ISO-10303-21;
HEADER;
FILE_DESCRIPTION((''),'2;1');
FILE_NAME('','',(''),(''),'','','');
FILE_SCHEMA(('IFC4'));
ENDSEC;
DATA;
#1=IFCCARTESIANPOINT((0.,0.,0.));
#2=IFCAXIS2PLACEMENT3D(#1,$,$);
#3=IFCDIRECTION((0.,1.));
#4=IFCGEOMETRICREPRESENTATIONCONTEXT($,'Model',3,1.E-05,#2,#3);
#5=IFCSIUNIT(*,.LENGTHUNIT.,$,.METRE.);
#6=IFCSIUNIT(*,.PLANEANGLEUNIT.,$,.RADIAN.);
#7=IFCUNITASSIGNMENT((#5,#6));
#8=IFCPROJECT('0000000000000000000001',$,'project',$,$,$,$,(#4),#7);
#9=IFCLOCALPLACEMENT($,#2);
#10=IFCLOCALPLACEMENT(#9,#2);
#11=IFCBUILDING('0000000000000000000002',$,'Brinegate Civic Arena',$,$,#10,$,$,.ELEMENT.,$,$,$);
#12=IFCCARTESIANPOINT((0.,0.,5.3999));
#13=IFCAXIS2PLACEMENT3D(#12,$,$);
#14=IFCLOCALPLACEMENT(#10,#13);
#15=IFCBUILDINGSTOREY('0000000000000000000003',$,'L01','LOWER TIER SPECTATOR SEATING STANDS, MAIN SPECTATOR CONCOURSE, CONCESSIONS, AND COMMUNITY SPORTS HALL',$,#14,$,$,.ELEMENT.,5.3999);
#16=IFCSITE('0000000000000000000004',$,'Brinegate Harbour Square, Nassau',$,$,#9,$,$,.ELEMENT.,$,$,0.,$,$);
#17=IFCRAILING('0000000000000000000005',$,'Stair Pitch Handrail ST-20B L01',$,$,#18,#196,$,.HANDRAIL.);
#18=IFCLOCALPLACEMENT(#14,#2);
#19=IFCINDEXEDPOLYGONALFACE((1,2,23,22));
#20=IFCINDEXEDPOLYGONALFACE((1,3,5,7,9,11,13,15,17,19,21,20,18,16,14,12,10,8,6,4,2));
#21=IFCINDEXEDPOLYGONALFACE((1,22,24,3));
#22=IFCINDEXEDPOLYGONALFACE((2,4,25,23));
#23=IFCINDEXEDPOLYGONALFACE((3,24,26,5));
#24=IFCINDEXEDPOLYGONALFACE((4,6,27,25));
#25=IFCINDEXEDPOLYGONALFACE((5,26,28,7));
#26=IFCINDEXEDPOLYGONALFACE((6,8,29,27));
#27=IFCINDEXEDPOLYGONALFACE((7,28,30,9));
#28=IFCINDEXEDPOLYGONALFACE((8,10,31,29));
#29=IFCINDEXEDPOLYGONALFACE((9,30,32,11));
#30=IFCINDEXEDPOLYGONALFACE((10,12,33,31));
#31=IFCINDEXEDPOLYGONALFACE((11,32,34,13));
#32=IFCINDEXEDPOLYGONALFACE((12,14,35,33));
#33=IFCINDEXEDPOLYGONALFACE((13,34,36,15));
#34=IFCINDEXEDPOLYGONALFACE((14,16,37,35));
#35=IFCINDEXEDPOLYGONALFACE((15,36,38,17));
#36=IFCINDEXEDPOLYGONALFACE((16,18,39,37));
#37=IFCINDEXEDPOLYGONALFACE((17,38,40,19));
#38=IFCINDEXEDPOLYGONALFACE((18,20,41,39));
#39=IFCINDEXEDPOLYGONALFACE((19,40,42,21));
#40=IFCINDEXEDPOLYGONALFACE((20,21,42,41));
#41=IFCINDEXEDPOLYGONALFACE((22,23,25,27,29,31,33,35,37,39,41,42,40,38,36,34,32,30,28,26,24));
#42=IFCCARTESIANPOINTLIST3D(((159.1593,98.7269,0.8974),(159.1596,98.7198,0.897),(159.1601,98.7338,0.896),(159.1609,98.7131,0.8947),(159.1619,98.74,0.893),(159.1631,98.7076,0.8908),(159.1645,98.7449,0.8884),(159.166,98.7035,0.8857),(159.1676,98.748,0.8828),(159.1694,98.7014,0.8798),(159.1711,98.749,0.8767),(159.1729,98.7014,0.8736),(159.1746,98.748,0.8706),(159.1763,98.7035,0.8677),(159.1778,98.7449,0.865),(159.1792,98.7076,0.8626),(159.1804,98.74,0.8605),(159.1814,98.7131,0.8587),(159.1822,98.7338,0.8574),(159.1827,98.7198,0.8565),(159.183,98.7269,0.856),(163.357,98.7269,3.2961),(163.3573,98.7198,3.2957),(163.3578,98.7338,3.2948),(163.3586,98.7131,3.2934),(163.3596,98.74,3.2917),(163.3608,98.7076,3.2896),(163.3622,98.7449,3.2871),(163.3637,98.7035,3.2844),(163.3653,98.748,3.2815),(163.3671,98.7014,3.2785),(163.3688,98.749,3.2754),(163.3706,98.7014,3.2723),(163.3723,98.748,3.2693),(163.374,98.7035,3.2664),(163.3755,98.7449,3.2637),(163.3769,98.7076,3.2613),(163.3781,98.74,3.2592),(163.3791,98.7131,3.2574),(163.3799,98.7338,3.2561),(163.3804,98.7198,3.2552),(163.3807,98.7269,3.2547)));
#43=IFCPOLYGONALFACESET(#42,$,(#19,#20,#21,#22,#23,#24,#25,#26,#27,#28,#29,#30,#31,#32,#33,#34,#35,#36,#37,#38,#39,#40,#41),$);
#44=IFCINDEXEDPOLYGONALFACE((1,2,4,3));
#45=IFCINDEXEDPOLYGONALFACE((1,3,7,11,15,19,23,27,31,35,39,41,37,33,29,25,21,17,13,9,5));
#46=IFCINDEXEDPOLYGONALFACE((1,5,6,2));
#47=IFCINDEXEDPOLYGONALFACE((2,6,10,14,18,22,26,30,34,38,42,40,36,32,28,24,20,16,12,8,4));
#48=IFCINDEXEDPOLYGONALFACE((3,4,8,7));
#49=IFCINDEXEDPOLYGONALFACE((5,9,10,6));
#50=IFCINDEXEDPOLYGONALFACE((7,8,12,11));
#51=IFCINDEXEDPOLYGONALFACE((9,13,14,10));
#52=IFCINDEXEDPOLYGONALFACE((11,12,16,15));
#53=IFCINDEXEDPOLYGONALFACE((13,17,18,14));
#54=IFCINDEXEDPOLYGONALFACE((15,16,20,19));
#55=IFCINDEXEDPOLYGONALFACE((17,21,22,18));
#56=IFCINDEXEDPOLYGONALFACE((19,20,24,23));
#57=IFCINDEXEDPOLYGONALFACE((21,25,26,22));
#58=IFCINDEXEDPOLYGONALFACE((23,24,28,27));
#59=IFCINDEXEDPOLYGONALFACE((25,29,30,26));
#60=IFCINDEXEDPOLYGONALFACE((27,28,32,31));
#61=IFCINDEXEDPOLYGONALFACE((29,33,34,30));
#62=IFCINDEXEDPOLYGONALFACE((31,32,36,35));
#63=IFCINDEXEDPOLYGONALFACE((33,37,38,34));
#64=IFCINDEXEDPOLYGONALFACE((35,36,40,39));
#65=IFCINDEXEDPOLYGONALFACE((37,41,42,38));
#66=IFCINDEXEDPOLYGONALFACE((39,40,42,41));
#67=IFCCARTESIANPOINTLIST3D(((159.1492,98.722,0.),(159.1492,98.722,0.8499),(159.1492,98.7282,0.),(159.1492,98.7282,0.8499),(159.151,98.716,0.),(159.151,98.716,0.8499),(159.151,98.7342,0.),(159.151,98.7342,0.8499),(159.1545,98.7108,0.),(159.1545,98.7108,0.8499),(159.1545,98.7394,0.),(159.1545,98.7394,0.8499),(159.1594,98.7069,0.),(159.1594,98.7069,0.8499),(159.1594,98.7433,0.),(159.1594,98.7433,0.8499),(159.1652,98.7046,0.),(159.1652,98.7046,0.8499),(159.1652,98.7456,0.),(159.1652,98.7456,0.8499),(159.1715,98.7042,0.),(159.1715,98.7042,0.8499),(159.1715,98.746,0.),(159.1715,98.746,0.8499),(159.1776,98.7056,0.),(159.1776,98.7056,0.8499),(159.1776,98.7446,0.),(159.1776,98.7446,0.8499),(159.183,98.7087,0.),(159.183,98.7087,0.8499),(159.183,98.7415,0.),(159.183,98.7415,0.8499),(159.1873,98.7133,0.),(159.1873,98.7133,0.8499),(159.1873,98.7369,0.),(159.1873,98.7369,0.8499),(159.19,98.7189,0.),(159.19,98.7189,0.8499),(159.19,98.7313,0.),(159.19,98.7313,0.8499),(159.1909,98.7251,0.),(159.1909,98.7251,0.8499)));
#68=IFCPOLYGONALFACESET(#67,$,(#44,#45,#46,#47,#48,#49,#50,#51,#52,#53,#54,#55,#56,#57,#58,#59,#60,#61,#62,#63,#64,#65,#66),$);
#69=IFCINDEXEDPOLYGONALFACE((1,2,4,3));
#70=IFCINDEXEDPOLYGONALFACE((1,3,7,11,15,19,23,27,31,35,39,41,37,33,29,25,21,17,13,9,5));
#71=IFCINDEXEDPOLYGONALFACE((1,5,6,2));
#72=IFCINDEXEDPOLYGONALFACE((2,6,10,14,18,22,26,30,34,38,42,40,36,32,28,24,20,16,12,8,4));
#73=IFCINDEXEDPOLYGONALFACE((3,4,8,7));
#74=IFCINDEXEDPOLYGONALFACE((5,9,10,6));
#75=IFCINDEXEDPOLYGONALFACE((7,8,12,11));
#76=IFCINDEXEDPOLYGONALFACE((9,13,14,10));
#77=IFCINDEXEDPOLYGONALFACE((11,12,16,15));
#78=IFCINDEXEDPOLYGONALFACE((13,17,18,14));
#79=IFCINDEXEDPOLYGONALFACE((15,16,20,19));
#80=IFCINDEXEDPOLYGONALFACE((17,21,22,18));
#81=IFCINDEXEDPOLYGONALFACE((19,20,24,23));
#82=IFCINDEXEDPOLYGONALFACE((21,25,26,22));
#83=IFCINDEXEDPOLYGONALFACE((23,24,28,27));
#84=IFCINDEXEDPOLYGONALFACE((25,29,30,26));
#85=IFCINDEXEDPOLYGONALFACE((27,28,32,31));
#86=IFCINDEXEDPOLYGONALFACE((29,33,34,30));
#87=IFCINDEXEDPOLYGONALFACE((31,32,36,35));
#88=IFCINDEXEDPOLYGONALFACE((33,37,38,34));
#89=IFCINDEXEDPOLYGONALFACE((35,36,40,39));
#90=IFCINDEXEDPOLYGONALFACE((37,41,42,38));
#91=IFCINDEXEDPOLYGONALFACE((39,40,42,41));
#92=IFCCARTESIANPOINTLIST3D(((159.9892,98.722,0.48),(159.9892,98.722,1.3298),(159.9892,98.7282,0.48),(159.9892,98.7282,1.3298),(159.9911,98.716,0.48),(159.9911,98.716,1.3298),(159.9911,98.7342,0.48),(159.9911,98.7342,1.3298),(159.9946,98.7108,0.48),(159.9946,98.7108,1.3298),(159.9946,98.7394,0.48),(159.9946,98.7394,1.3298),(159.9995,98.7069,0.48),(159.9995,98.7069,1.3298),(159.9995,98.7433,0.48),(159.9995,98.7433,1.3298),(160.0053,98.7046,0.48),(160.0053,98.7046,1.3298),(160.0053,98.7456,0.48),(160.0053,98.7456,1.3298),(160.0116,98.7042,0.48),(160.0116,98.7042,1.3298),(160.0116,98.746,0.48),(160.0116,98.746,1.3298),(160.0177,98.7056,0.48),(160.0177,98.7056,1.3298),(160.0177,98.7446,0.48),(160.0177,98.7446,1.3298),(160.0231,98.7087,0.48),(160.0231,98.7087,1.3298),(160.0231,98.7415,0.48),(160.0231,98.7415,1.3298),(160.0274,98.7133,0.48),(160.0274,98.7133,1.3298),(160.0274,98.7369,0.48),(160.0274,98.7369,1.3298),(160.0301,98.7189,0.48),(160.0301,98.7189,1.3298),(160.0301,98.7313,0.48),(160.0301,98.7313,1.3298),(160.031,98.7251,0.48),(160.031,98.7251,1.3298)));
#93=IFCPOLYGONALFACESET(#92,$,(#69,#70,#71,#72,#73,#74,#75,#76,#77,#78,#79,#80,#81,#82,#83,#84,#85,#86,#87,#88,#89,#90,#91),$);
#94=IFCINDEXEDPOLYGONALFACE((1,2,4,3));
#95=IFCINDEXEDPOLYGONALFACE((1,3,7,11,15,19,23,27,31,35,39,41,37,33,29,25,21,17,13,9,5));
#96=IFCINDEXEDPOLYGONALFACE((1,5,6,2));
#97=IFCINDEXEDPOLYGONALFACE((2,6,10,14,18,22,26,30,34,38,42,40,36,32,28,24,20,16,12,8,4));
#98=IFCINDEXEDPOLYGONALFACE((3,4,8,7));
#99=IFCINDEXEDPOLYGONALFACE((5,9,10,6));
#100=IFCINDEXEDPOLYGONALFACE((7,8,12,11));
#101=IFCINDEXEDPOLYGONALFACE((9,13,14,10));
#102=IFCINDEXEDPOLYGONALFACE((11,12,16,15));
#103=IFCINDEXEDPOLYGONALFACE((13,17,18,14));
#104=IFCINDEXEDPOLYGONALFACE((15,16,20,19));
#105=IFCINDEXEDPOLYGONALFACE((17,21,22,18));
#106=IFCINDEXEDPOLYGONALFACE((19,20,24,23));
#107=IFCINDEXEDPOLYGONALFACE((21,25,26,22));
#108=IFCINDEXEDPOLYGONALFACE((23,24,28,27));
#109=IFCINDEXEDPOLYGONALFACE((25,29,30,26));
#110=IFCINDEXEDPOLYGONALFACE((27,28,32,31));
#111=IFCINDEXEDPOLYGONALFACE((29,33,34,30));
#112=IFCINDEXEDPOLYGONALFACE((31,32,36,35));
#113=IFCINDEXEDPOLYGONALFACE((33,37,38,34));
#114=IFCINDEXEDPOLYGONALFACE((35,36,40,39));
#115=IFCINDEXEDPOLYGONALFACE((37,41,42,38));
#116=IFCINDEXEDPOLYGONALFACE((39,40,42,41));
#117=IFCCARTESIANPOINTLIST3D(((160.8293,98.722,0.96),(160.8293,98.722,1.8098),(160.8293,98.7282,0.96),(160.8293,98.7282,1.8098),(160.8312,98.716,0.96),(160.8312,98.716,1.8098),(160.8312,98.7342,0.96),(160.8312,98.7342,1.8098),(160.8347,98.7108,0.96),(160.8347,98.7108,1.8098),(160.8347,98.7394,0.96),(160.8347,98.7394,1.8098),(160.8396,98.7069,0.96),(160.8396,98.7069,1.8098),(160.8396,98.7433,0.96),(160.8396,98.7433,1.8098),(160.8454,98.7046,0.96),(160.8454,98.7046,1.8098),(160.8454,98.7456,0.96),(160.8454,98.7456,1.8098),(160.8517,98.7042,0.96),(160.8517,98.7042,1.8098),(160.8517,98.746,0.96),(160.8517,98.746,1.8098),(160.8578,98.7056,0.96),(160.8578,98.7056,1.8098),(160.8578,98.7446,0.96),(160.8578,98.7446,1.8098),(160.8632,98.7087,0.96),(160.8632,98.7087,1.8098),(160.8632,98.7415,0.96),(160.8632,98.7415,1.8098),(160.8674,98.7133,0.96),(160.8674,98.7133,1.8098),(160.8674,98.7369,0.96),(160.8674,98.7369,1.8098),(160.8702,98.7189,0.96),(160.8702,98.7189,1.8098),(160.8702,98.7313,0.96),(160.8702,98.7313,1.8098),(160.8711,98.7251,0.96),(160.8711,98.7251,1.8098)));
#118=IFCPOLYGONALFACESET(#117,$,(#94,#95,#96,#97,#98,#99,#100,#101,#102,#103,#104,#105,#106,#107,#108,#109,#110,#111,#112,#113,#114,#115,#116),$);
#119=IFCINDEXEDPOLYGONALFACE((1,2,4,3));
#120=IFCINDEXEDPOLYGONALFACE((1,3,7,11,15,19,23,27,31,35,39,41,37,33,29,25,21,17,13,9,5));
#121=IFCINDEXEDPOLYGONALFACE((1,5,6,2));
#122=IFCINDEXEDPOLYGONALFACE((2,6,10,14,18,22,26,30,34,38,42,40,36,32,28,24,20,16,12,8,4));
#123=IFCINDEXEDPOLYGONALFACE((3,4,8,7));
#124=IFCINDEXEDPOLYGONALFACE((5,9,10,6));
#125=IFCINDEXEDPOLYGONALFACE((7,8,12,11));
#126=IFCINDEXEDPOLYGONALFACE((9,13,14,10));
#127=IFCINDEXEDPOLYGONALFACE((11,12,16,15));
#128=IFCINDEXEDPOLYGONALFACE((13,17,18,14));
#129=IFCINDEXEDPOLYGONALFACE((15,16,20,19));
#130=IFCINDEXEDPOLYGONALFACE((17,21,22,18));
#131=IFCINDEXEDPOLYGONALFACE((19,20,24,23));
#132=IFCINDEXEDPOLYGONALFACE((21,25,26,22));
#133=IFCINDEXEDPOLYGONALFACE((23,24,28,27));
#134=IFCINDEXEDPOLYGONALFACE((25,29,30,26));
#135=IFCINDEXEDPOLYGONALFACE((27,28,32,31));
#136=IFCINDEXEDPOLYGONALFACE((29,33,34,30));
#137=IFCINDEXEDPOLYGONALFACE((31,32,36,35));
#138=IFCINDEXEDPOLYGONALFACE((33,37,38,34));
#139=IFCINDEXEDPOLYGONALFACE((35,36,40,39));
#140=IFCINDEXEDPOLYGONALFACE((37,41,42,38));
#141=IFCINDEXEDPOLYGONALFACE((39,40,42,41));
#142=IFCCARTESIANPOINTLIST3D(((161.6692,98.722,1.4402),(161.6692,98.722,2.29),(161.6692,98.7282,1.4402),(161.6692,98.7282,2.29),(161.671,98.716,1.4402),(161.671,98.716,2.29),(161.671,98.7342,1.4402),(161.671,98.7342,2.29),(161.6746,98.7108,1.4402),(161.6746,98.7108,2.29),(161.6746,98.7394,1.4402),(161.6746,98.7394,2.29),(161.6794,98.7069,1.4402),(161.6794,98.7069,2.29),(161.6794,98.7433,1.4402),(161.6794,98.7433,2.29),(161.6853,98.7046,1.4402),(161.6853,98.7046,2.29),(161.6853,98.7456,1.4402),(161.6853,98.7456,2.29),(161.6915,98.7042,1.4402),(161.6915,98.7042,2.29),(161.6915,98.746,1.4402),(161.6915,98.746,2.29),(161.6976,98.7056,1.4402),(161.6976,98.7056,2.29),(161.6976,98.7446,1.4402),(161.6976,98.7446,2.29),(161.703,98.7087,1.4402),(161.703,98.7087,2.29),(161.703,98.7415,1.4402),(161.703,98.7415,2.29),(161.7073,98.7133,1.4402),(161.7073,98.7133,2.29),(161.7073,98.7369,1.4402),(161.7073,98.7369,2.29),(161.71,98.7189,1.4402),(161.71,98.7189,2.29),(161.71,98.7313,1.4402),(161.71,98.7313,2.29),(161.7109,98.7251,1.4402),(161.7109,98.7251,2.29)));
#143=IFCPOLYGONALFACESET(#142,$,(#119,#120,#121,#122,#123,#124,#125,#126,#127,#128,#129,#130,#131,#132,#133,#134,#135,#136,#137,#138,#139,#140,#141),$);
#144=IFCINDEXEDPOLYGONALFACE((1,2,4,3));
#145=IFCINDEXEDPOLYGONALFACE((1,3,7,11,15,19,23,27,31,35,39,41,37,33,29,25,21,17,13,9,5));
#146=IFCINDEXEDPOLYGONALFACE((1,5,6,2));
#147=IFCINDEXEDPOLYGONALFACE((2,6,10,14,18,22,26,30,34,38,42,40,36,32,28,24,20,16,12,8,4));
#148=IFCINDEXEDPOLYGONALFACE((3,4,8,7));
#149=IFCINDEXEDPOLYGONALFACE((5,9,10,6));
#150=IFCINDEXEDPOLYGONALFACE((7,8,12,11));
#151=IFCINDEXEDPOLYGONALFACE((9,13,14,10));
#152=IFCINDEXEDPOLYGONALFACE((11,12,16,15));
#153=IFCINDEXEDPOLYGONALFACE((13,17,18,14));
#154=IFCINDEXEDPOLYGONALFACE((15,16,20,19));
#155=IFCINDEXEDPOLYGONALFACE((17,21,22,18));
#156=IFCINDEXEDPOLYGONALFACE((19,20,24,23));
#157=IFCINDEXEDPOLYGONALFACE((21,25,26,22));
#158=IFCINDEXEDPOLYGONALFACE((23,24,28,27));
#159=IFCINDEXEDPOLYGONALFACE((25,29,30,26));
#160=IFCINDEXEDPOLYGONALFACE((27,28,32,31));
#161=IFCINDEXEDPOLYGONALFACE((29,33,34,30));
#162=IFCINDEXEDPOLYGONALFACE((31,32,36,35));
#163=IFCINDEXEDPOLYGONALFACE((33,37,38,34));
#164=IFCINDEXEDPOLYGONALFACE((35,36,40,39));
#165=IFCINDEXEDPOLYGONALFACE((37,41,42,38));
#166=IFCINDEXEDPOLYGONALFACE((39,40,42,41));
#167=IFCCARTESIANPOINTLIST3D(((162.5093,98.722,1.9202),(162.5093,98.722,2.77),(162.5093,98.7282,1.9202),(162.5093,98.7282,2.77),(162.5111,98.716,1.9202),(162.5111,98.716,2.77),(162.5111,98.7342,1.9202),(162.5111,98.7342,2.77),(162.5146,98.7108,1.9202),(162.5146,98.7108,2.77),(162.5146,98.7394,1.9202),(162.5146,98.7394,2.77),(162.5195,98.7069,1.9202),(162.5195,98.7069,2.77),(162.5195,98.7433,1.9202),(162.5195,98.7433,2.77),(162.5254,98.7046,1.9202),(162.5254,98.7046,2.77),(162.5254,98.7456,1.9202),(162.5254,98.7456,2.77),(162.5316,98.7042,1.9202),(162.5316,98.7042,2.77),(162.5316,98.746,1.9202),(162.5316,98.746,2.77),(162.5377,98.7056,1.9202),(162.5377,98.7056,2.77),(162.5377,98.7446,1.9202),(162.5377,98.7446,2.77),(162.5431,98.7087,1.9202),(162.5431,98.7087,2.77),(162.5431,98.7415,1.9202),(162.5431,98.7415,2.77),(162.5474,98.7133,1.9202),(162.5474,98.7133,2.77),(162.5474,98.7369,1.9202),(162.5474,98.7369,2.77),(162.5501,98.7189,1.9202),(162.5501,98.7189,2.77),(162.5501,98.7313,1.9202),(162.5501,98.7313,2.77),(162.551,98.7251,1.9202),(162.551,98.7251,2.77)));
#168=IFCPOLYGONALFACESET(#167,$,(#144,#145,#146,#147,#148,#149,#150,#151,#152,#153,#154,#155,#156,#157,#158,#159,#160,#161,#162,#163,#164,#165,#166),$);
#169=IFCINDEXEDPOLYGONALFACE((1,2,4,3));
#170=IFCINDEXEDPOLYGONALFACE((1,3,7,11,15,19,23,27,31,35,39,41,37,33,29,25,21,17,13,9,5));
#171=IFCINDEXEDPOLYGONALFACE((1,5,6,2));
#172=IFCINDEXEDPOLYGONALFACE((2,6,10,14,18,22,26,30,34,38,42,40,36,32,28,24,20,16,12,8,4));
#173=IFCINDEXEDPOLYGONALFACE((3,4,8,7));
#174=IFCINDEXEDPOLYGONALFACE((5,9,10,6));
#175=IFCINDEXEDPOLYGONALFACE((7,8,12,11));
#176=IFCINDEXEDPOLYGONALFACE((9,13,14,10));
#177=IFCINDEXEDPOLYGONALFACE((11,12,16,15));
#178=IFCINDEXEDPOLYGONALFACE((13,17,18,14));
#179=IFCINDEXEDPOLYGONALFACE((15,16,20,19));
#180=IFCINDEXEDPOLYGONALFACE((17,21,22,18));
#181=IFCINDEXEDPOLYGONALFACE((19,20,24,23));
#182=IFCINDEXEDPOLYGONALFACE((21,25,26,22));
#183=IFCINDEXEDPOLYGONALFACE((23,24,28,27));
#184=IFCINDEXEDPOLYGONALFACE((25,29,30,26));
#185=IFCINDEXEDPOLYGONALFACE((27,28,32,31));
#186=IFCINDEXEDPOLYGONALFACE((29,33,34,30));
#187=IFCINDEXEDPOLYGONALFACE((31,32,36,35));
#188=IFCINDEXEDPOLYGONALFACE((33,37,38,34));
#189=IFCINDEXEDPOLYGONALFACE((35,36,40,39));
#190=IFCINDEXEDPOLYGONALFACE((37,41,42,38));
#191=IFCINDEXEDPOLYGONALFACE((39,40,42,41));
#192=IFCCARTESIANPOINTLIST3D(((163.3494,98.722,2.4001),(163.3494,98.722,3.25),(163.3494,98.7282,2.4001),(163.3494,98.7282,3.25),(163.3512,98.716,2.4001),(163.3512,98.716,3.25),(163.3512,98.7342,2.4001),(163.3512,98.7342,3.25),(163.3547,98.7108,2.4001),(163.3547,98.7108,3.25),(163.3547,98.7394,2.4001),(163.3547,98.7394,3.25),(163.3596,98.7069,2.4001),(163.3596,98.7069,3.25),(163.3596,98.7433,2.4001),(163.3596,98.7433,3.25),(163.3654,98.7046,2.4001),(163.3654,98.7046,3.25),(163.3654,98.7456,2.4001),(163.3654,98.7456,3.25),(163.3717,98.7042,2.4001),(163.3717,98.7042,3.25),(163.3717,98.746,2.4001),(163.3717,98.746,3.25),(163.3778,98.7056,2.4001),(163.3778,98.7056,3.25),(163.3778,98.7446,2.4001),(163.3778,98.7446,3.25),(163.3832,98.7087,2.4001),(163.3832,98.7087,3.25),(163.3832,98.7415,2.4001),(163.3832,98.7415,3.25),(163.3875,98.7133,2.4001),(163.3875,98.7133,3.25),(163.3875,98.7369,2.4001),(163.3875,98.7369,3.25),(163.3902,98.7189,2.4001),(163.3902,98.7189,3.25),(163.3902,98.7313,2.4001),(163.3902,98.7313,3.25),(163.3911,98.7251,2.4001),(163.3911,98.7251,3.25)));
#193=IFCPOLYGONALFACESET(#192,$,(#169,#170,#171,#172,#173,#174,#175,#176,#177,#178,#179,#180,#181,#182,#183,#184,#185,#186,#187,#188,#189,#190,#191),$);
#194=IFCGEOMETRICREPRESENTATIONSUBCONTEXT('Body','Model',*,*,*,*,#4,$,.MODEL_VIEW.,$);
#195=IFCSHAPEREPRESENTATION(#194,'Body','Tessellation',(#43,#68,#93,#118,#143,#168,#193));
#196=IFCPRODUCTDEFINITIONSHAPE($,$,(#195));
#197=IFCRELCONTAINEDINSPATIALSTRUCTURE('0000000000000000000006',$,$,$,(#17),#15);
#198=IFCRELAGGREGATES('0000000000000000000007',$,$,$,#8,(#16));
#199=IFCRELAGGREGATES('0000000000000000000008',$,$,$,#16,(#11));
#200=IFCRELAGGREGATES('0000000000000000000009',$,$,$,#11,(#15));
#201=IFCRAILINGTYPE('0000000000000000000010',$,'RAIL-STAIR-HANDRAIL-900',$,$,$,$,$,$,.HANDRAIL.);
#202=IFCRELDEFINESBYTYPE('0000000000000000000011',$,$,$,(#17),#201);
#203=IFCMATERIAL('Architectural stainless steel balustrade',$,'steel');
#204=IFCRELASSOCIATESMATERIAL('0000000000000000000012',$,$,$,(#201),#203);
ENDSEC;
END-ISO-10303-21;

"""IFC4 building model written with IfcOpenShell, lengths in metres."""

from ifc_helpers import new_model, si_unit, direction, frame, origin, origin_2d, place, context, subcontext, project, spatial, circle, extrude, material, type_object, element, save


model = new_model("IFC4")

# Units and contexts
model_context = context("Model", 3, precision=1e-05, world=origin(), true_north=direction((0.0, 1.0)))
body_context = subcontext(model_context, "Body", "Model", "MODEL_VIEW")
ifc_project = project(units=[si_unit("LENGTHUNIT", "METRE"), si_unit("PLANEANGLEUNIT", "RADIAN")], contexts=[model_context])

# Site, building, storey
site_placement = place(None, origin())
site = spatial("IfcSite", under=ifc_project, at=site_placement, Name="Brinegate Harbour Square, Nassau", CompositionType="ELEMENT", RefElevation=0.0)
building_placement = place(site_placement, origin())
building = spatial("IfcBuilding", under=site, at=building_placement, Name="Brinegate Civic Arena", CompositionType="ELEMENT")
storey_placement = place(building_placement, frame((0.0, 0.0, 5.3999)))
storey = spatial("IfcBuildingStorey", under=building, at=storey_placement, Name="L01", Description="LOWER TIER SPECTATOR SEATING STANDS, MAIN SPECTATOR CONCOURSE, CONCESSIONS, AND COMMUNITY SPORTS HALL", CompositionType="ELEMENT", Elevation=5.3999)

# Railing
ifc_material_1 = material(Name="Architectural stainless steel balustrade", Category="steel")
railing_type_1 = type_object("IfcRailingType", Name="RAIL-STAIR-HANDRAIL-900", PredefinedType="HANDRAIL", material=ifc_material_1)
for number, where, name in (
    (1, (159.1699, 98.7251, 0.0), "Stair Pitch Handrail ST-20B L01"),
):
    element("IfcRailing", number, at=place(storey_placement, frame(where)), inside=storey, type_object=railing_type_1, Name=name, PredefinedType="HANDRAIL", context=body_context, shape_type="SweptSolid", body=[
        extrude(circle(Radius=0.0239, at=origin_2d()), frame((0.0012, 0.0, 0.8767), z_axis=(0.86824, 0.0, 0.496144), x_axis=(0.0, 1.0, 0.0)), (0.0, 0.0, 1.0), 4.8347),
        extrude(circle(Radius=0.021, at=origin_2d()), origin(), (0.0, 0.0, 1.0), 0.8499),
        extrude(circle(Radius=0.021, at=origin_2d()), frame((0.8401, 0.0, 0.48)), (0.0, 0.0, 1.0), 0.8499),
        extrude(circle(Radius=0.021, at=origin_2d()), frame((1.6802, 0.0, 0.96)), (0.0, 0.0, 1.0), 0.8499),
        extrude(circle(Radius=0.021, at=origin_2d()), frame((2.52, 0.0, 1.4402)), (0.0, 0.0, 1.0), 0.8499),
        extrude(circle(Radius=0.021, at=origin_2d()), frame((3.3601, 0.0, 1.9202)), (0.0, 0.0, 1.0), 0.8499),
        extrude(circle(Radius=0.021, at=origin_2d()), frame((4.2002, 0.0, 2.4001)), (0.0, 0.0, 1.0), 0.8499),
    ])

save(model, "model.ifc")
